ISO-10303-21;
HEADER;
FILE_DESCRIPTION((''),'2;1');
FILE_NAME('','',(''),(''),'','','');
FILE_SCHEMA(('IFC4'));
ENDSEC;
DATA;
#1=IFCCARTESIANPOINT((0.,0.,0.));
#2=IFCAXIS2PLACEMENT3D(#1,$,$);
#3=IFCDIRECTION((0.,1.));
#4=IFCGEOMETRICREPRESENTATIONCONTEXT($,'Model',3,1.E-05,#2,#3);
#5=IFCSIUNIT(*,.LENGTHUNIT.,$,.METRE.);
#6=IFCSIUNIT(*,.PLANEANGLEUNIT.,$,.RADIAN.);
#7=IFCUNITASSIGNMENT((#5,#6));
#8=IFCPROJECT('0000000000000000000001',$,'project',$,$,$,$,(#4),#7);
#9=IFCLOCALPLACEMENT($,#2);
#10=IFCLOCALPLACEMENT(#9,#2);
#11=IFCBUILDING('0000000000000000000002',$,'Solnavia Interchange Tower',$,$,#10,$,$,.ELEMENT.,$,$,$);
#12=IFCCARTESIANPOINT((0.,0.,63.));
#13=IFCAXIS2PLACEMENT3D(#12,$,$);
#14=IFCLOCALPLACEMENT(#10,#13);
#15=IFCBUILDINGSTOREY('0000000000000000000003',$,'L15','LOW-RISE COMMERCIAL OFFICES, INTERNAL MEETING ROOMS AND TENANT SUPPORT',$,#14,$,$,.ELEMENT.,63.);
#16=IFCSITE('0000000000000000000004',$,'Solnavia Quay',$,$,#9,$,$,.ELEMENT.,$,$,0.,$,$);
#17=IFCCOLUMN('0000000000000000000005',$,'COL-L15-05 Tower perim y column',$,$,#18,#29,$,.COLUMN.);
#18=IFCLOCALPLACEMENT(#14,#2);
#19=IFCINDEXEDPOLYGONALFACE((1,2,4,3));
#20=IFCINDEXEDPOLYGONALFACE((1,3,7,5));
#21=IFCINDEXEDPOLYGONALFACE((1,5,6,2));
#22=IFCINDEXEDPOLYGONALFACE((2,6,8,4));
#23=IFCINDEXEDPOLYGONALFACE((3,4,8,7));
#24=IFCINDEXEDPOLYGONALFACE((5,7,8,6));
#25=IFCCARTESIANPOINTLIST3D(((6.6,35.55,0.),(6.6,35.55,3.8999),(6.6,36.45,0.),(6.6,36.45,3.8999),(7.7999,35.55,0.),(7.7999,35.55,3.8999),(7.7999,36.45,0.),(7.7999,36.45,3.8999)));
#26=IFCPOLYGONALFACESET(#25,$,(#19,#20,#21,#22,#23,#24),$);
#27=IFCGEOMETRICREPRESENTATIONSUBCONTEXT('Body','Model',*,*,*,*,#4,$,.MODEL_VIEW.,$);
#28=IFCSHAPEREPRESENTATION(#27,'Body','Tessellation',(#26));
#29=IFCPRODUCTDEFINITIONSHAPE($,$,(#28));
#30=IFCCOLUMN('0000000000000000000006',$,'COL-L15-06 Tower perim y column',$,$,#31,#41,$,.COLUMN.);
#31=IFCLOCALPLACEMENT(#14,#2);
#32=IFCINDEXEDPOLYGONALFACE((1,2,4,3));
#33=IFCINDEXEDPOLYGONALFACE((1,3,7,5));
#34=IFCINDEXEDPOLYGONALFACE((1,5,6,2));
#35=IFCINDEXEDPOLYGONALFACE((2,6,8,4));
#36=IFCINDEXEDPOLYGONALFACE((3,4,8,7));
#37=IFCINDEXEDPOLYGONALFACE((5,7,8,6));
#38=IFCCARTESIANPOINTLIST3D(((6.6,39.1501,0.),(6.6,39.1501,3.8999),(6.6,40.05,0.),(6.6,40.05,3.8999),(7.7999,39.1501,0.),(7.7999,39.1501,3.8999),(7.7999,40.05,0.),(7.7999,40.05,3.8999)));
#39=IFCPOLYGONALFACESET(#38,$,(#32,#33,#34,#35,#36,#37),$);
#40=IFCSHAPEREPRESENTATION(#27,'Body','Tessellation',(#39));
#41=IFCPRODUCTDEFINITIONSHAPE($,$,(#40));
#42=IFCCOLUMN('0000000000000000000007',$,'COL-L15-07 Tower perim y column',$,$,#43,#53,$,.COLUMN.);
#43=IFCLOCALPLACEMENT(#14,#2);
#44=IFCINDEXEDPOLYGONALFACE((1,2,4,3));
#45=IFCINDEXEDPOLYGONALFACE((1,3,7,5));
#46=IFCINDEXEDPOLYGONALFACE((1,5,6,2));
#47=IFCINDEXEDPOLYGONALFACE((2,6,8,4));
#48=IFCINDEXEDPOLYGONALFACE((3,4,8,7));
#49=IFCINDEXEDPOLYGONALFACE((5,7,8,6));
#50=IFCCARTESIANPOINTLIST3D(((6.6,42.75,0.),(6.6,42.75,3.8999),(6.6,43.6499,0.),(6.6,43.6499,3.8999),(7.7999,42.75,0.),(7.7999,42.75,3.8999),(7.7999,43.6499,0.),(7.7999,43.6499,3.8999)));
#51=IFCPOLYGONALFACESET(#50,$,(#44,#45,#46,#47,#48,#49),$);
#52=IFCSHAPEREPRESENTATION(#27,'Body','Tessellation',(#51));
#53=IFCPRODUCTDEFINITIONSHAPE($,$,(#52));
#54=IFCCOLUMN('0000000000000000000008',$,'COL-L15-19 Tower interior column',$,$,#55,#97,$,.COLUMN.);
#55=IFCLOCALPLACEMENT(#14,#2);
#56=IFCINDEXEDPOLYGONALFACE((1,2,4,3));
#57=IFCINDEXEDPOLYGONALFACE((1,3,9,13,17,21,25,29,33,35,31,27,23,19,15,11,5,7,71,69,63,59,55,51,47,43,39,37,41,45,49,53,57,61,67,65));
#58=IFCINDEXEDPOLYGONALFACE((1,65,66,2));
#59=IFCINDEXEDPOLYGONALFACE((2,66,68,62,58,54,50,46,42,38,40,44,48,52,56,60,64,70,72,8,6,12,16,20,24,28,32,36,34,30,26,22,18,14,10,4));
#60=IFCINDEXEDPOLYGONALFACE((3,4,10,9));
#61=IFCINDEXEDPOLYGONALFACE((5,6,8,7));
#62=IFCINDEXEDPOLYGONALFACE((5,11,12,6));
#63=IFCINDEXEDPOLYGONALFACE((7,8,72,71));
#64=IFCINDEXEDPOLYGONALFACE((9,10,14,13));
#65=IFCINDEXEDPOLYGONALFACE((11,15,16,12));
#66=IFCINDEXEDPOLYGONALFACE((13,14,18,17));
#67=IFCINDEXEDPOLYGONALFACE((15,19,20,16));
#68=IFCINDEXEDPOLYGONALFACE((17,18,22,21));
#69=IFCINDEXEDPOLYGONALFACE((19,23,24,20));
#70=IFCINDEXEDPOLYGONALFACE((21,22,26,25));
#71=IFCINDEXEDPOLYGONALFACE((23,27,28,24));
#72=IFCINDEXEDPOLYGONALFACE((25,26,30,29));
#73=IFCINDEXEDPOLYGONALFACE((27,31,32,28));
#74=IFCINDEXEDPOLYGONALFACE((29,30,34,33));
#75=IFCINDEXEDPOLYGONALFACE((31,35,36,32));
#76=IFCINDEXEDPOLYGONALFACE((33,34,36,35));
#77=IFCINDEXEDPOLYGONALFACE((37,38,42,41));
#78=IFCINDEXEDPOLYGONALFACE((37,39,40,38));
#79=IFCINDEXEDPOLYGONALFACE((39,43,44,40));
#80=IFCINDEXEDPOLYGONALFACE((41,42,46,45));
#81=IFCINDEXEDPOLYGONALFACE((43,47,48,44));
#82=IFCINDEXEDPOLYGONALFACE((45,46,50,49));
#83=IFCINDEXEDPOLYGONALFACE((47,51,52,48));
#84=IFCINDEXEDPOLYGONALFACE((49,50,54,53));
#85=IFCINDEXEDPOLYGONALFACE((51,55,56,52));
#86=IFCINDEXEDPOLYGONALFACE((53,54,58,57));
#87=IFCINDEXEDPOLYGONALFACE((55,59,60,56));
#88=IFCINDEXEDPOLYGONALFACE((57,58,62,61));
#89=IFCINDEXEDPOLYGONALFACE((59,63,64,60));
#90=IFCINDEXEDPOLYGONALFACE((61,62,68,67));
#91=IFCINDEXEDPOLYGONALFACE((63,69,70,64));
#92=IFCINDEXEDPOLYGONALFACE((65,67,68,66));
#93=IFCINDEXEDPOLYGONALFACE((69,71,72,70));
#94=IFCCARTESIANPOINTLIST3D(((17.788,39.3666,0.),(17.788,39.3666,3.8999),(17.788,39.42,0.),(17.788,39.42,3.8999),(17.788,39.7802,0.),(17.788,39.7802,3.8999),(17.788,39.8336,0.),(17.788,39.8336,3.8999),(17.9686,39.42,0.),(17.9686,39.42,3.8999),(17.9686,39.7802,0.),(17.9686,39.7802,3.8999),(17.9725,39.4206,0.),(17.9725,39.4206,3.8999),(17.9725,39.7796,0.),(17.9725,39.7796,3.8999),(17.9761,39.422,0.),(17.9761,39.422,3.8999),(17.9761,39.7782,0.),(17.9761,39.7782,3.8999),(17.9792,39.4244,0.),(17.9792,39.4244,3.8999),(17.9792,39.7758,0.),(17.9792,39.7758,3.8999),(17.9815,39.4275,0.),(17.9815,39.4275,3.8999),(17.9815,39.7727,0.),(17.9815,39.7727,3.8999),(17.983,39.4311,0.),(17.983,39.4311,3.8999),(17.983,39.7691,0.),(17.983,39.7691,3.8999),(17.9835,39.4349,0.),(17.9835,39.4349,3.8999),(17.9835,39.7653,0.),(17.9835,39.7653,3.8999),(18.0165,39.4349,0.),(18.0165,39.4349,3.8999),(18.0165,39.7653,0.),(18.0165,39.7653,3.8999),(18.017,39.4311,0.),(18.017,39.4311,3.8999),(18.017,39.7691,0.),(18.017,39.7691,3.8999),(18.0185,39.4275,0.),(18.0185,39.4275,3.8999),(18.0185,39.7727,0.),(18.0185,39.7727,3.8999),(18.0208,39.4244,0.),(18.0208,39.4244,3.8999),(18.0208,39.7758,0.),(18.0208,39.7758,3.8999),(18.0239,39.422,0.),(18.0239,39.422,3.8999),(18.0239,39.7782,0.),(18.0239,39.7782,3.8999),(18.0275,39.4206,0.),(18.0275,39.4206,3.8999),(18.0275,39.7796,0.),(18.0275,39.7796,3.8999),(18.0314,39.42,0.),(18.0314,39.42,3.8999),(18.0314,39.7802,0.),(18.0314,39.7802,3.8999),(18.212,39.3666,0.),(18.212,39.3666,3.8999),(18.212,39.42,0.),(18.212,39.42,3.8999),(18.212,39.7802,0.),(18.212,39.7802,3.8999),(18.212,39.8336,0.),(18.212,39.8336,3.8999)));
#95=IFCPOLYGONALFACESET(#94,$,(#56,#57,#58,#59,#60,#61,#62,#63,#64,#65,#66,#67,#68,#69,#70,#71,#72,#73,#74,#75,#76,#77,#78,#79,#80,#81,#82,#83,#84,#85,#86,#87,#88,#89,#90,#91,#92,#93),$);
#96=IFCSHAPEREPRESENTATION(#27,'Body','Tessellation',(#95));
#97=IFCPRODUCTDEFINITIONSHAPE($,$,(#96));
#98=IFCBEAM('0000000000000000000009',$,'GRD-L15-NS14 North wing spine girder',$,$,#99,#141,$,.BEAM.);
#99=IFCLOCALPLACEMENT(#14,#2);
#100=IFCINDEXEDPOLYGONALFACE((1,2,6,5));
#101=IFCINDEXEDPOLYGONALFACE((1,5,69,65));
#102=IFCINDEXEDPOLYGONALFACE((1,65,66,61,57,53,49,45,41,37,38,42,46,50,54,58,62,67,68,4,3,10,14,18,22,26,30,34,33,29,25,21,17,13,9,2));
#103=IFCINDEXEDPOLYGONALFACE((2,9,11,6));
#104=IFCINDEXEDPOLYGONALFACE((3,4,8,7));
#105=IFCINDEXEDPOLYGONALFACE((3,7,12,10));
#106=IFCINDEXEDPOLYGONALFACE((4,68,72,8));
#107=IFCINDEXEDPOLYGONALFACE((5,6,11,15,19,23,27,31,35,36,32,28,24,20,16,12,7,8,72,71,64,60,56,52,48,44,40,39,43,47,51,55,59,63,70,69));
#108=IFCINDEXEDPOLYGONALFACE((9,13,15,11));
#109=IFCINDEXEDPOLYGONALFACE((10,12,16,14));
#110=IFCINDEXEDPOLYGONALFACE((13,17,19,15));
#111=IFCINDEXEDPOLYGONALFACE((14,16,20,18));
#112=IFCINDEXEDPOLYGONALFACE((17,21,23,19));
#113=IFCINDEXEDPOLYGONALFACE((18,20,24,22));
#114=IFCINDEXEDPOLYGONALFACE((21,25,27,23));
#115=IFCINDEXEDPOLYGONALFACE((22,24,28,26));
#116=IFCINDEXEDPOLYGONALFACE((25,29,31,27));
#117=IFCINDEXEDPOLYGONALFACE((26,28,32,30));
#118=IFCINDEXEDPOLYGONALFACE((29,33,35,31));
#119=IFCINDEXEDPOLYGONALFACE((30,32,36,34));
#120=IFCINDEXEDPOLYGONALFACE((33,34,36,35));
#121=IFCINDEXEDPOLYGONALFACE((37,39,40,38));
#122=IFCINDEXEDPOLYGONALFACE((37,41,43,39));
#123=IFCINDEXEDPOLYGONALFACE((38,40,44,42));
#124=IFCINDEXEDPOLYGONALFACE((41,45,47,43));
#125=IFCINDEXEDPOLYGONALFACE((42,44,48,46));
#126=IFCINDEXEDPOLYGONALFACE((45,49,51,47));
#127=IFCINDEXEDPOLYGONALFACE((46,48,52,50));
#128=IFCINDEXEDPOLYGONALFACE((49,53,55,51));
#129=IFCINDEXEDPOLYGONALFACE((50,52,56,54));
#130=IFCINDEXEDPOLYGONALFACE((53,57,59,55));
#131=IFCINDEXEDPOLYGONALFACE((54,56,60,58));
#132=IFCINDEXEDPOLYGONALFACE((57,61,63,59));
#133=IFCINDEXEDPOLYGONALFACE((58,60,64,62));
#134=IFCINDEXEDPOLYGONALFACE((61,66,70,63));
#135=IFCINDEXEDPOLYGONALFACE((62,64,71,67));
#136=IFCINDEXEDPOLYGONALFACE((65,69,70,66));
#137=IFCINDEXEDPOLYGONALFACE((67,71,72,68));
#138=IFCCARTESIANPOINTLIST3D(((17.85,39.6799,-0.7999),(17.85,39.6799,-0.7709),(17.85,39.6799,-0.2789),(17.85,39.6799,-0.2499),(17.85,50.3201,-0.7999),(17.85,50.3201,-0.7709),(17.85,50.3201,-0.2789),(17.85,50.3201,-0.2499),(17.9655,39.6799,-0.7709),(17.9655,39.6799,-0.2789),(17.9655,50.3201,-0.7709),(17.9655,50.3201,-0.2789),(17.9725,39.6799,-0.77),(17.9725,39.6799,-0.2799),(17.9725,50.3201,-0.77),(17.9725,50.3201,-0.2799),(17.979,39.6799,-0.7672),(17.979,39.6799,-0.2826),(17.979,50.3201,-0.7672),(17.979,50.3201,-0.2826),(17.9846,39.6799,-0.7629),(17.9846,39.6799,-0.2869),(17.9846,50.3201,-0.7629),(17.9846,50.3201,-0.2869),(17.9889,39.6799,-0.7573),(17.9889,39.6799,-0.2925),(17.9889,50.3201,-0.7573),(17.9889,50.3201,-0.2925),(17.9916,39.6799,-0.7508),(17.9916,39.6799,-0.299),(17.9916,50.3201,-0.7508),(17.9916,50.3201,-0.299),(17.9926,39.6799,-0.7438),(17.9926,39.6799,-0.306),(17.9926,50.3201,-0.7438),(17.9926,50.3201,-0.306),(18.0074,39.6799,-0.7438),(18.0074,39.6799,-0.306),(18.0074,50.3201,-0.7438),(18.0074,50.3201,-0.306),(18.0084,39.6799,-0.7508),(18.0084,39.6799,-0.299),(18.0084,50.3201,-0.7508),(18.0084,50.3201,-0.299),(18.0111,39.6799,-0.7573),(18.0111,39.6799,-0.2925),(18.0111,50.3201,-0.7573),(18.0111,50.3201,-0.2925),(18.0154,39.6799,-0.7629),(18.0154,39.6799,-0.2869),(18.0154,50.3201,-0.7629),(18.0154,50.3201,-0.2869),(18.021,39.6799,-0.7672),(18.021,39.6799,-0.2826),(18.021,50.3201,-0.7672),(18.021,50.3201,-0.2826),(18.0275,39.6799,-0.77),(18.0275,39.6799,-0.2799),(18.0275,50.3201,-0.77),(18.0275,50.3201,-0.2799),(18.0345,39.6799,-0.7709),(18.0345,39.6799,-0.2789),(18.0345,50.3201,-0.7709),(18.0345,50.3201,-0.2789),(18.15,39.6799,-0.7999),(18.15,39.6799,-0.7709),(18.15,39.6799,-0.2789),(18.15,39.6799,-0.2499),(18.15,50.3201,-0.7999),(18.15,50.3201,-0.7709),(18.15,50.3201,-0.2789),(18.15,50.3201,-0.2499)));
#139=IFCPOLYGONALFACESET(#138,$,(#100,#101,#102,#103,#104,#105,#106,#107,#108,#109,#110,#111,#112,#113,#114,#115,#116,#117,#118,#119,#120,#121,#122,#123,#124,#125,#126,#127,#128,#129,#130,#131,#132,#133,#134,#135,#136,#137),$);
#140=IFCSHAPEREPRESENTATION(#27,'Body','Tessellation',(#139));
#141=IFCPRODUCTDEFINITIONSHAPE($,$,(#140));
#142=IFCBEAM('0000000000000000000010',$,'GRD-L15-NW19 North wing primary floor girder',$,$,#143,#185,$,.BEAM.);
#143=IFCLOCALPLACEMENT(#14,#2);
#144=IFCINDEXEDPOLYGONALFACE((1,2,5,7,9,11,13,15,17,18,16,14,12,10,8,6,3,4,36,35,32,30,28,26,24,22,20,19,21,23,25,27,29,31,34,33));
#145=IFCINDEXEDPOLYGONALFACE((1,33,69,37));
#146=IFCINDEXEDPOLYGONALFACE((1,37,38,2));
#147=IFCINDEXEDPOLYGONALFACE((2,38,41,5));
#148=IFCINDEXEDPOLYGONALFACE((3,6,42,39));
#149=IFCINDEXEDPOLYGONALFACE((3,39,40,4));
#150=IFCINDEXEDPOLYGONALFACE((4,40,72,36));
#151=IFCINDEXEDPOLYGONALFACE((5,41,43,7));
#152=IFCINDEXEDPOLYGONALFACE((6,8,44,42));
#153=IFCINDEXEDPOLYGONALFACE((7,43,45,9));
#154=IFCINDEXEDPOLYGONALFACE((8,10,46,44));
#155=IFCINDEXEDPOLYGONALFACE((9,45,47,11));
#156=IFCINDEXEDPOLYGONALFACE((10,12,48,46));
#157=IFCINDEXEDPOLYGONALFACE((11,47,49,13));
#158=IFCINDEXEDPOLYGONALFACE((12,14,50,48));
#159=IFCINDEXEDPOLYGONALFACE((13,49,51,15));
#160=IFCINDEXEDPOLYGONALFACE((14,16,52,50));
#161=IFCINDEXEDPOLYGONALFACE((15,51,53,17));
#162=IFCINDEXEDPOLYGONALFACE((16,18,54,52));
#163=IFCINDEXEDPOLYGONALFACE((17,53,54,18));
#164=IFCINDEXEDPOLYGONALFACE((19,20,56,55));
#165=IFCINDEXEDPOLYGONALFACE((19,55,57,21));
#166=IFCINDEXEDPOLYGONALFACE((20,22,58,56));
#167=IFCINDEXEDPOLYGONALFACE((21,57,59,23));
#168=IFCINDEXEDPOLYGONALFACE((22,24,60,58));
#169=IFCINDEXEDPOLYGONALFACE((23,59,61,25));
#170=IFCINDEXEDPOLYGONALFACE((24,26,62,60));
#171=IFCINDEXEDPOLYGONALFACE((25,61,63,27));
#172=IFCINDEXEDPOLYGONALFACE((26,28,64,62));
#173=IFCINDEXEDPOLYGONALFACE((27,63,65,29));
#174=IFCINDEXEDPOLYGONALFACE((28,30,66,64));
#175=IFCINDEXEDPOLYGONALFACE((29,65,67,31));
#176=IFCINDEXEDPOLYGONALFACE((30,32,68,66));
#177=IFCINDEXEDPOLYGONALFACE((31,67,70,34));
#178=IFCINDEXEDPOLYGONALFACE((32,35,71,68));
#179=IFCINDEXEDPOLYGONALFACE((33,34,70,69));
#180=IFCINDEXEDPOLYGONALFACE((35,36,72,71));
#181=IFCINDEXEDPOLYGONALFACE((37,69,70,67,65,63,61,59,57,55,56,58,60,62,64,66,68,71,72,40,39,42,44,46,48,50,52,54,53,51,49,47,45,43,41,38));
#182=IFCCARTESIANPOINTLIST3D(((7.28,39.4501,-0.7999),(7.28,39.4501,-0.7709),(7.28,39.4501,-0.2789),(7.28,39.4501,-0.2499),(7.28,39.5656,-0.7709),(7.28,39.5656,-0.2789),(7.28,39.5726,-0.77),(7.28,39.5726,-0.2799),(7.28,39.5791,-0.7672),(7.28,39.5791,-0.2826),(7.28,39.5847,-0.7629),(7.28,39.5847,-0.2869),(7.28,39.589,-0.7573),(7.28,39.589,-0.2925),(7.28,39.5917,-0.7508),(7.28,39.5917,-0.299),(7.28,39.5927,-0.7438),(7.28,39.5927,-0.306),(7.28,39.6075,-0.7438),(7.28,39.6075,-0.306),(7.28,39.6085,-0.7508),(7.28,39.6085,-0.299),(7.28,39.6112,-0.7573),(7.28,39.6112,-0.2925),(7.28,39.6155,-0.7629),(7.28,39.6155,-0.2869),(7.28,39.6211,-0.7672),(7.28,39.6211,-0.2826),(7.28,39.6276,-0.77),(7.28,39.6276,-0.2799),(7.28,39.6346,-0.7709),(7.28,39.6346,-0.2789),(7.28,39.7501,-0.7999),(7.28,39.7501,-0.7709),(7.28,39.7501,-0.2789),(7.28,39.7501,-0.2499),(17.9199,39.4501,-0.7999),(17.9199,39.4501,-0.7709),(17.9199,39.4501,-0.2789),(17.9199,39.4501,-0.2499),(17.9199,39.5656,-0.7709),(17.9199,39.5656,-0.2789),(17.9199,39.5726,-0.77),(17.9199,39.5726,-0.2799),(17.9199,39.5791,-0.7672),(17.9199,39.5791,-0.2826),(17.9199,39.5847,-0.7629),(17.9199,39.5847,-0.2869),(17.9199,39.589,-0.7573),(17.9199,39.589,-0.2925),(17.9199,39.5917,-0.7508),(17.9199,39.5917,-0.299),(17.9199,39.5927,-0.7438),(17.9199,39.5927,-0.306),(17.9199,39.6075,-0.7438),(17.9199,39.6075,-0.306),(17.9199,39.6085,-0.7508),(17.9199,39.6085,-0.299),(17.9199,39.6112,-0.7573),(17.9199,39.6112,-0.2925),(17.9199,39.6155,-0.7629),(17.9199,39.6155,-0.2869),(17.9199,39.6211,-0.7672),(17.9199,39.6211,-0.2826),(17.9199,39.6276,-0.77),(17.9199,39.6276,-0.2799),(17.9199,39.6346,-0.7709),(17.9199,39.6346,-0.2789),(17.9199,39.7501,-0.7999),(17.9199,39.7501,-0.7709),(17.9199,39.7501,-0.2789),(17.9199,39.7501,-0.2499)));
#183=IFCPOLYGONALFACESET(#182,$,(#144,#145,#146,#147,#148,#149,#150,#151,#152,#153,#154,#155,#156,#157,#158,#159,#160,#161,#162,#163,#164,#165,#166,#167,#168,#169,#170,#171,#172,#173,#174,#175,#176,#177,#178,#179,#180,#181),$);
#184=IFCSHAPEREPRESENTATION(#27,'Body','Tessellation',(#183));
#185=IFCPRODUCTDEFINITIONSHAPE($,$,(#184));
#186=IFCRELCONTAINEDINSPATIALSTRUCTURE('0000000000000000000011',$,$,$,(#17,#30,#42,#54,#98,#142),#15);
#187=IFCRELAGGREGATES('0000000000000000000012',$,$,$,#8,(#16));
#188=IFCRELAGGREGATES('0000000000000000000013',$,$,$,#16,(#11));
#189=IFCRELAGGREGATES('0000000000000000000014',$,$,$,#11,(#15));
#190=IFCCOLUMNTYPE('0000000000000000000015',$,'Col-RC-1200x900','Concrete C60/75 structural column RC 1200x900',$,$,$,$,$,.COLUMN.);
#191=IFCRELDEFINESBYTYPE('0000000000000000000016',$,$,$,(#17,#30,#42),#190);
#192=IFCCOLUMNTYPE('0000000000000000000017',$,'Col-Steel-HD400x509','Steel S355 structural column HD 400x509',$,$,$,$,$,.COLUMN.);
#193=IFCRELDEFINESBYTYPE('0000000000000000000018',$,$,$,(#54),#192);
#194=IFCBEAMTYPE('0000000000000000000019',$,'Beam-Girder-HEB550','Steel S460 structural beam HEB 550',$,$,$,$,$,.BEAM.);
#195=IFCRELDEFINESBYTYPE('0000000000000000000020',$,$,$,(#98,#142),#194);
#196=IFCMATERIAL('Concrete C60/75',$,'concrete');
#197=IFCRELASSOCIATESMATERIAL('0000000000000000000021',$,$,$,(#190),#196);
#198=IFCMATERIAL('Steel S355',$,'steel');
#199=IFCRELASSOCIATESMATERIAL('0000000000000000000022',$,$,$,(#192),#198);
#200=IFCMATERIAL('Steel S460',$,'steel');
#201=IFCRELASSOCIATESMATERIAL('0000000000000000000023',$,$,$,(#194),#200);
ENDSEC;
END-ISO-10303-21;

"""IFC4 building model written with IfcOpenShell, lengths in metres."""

from ifc_helpers import new_model, si_unit, direction, frame, origin, origin_2d, place, context, subcontext, project, spatial, rectangle, i_section, extrude, material, material_profile, profile_set, type_object, element, save


model = new_model("IFC4")

# Units and contexts
model_context = context("Model", 3, precision=1e-05, world=origin(), true_north=direction((0.0, 1.0)))
body_context = subcontext(model_context, "Body", "Model", "MODEL_VIEW")
ifc_project = project(units=[si_unit("LENGTHUNIT", "METRE"), si_unit("PLANEANGLEUNIT", "RADIAN")], contexts=[model_context])

# Site, building, storey
site_placement = place(None, origin())
site = spatial("IfcSite", under=ifc_project, at=site_placement, Name="Solnavia Quay", CompositionType="ELEMENT", RefElevation=0.0)
building_placement = place(site_placement, origin())
building = spatial("IfcBuilding", under=site, at=building_placement, Name="Solnavia Interchange Tower", CompositionType="ELEMENT")
storey_placement = place(building_placement, frame((0.0, 0.0, 63.0)))
storey = spatial("IfcBuildingStorey", under=building, at=storey_placement, Name="L15", Description="LOW-RISE COMMERCIAL OFFICES, INTERNAL MEETING ROOMS AND TENANT SUPPORT", CompositionType="ELEMENT", Elevation=63.0)

# Columns
ifc_material_1 = material(Name="Concrete C60/75", Category="concrete")
ifc_material_profile_1 = material_profile(ifc_material_1, rectangle(XDim=0.8999, YDim=1.2, at=origin_2d()), Name="RC 1200x900")
ifc_profile_set_1 = profile_set([ifc_material_profile_1], Name="Concrete C60/75")
column_type_1 = type_object("IfcColumnType", Name="Col-RC-1200x900", Description="Concrete C60/75 structural column RC 1200x900", PredefinedType="COLUMN", material=ifc_profile_set_1)
for number, where, z_axis, x_axis, name in (
    (1, (7.2, 36.0, 0.0), (0.0, 0.0, 1.0), (0.0, 1.0, 0.0), "COL-L15-05 Tower perim y column"),
    (2, (7.2, 39.6001, 0.0), (0.0, 0.0, 1.0), (0.0, 1.0, 0.0), "COL-L15-06 Tower perim y column"),
    (3, (7.2, 43.2, 0.0), (0.0, 0.0, 1.0), (0.0, 1.0, 0.0), "COL-L15-07 Tower perim y column"),
):
    element("IfcColumn", number, at=place(storey_placement, frame(where, z_axis=z_axis, x_axis=x_axis)), inside=storey, type_object=column_type_1, Name=name, PredefinedType="COLUMN", context=body_context, shape_type="SweptSolid", body=[
        extrude(rectangle(XDim=0.8999, YDim=1.2, at=origin_2d()), origin(), (0.0, 0.0, 1.0), 3.8999),
    ])
ifc_material_2 = material(Name="Steel S355", Category="steel")
ifc_material_profile_2 = material_profile(ifc_material_2, i_section(OverallWidth=0.4241, OverallDepth=0.467, WebThickness=0.033, FlangeThickness=0.0535, FilletRadius=0.0149, at=origin_2d()), Name="HD 400x509")
ifc_profile_set_2 = profile_set([ifc_material_profile_2], Name="Steel S355")
column_type_2 = type_object("IfcColumnType", Name="Col-Steel-HD400x509", Description="Steel S355 structural column HD 400x509", PredefinedType="COLUMN", material=ifc_profile_set_2)
column_placement = place(storey_placement, frame((18.0, 39.6001, 0.0), z_axis=(0.0, 0.0, 1.0), x_axis=(1.0, 0.0, 0.0)))
element("IfcColumn", 4, at=column_placement, inside=storey, type_object=column_type_2, Name="COL-L15-19 Tower interior column", PredefinedType="COLUMN", context=body_context, shape_type="SweptSolid", body=[
    extrude(i_section(OverallWidth=0.4241, OverallDepth=0.467, WebThickness=0.033, FlangeThickness=0.0535, FilletRadius=0.0149, at=origin_2d()), origin(), (0.0, 0.0, 1.0), 3.8999),
])

# Beams
ifc_material_3 = material(Name="Steel S460", Category="steel")
ifc_material_profile_3 = material_profile(ifc_material_3, i_section(OverallWidth=0.3, OverallDepth=0.55, WebThickness=0.0149, FlangeThickness=0.0291, FilletRadius=0.0271, at=origin_2d()), Name="HEB 550")
ifc_profile_set_3 = profile_set([ifc_material_profile_3], Name="Steel S460")
beam_type_1 = type_object("IfcBeamType", Name="Beam-Girder-HEB550", Description="Steel S460 structural beam HEB 550", PredefinedType="BEAM", material=ifc_profile_set_3)
beam_1_placement = place(storey_placement, frame((18.0, 39.6799, -0.5249), z_axis=(0.0, 1.0, 0.0), x_axis=(-1.0, 0.0, 0.0)))
element("IfcBeam", 5, at=beam_1_placement, inside=storey, type_object=beam_type_1, Name="GRD-L15-NS14 North wing spine girder", PredefinedType="BEAM", context=body_context, shape_type="SweptSolid", body=[
    extrude(i_section(OverallWidth=0.3, OverallDepth=0.55, WebThickness=0.0149, FlangeThickness=0.0291, FilletRadius=0.0271, at=origin_2d()), origin(), (0.0, 0.0, 1.0), 10.6401),
])
for number, where, z_axis, x_axis, name in (
    (6, (7.28, 39.6001, -0.5249), (1.0, 0.0, 0.0), (0.0, 1.0, 0.0), "GRD-L15-NW19 North wing primary floor girder"),
):
    element("IfcBeam", number, at=place(storey_placement, frame(where, z_axis=z_axis, x_axis=x_axis)), inside=storey, type_object=beam_type_1, Name=name, PredefinedType="BEAM", context=body_context, shape_type="SweptSolid", body=[
        extrude(i_section(OverallWidth=0.3, OverallDepth=0.55, WebThickness=0.0149, FlangeThickness=0.0291, FilletRadius=0.0271, at=origin_2d()), origin(), (0.0, 0.0, 1.0), 10.6399),
    ])

save(model, "model.ifc")
